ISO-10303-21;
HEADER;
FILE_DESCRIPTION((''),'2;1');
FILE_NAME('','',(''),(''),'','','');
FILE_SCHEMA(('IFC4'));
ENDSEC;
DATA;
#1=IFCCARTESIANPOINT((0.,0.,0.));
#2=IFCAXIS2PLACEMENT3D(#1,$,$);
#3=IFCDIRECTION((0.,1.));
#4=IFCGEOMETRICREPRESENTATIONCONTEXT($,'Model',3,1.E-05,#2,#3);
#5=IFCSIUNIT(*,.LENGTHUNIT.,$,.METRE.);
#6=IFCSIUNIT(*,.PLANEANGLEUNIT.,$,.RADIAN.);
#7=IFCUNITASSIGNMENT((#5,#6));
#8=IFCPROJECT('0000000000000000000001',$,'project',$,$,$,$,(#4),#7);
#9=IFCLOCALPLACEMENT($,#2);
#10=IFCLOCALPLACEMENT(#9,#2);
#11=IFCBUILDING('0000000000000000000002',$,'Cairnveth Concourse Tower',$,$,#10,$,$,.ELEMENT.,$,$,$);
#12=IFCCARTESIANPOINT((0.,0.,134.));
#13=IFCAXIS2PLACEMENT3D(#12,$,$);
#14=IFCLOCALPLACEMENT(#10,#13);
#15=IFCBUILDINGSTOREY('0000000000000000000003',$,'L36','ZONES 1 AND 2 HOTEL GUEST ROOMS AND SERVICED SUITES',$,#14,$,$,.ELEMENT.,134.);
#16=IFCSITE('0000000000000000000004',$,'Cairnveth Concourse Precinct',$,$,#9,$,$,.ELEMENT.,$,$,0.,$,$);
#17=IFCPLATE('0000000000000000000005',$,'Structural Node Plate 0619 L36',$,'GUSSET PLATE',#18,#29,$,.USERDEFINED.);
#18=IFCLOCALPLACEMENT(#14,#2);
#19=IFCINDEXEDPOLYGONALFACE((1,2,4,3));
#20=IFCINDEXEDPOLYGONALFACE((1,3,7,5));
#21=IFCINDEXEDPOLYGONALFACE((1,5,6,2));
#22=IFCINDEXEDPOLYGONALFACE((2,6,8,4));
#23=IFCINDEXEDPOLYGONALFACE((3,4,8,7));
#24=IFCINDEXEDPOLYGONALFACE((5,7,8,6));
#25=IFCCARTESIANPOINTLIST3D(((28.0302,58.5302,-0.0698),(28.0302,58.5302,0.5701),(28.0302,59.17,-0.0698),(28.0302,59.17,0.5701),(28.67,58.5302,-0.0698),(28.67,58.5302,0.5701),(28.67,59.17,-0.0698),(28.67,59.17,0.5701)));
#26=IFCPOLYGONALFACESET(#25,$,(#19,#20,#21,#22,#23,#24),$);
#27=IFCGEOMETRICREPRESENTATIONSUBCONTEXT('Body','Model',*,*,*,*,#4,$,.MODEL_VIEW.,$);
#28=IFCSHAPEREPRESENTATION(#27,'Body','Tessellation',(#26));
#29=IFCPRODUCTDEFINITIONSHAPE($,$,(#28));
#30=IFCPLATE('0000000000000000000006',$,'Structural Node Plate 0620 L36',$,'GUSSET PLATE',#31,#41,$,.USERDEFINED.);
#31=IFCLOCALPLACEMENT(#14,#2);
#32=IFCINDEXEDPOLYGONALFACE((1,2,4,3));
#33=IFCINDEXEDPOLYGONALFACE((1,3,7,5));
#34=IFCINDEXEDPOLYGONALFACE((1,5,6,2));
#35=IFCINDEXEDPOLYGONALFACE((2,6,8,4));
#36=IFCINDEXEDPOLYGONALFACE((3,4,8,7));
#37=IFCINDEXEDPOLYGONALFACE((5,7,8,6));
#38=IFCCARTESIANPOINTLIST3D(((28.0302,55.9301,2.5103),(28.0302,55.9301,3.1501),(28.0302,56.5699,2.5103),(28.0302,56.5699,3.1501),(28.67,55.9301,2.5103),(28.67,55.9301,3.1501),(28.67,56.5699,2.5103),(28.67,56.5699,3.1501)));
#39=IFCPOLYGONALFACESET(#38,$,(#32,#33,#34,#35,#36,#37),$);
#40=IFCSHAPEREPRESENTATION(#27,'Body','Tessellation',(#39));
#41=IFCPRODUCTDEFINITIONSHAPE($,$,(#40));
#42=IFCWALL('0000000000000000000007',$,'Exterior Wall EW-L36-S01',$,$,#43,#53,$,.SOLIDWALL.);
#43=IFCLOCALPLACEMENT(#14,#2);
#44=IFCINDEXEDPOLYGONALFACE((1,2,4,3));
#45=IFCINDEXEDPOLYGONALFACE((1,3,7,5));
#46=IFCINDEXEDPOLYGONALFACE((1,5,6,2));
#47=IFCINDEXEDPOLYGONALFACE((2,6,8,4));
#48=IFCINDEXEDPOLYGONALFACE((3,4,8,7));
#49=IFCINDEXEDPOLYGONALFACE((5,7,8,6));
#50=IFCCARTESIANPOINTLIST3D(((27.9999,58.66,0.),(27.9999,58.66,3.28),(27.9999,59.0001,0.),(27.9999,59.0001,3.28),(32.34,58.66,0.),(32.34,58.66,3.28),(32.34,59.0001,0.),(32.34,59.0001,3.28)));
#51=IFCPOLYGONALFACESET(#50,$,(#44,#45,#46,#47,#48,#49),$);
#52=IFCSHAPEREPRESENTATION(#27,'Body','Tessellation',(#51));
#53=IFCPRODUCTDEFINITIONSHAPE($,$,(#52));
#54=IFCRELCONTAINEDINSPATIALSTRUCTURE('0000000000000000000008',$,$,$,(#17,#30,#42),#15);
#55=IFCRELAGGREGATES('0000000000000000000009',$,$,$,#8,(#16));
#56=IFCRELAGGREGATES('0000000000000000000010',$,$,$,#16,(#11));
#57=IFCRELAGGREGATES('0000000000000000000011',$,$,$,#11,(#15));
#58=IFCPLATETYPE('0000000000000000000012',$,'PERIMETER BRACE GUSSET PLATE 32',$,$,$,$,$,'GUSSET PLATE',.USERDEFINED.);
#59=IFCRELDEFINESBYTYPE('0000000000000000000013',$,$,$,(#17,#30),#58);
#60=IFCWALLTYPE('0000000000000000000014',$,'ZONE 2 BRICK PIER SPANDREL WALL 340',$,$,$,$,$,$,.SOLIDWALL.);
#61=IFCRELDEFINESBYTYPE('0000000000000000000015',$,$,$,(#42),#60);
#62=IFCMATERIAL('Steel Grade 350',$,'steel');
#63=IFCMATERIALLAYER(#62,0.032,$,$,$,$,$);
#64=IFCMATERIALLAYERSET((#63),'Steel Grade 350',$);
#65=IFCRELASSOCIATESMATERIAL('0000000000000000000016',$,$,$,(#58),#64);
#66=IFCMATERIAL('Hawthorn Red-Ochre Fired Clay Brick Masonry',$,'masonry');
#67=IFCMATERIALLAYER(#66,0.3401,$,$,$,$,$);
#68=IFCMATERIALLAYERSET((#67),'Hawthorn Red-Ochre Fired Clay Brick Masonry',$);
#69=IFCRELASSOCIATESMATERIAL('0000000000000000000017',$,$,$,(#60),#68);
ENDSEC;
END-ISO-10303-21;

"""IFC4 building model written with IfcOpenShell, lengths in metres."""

from ifc_helpers import new_model, si_unit, direction, frame, frame_2d, origin, origin_2d, place, context, subcontext, project, spatial, rectangle, extrude, material, layer, layer_set, type_object, element, save


model = new_model("IFC4")

# Units and contexts
model_context = context("Model", 3, precision=1e-05, world=origin(), true_north=direction((0.0, 1.0)))
body_context = subcontext(model_context, "Body", "Model", "MODEL_VIEW")
ifc_project = project(units=[si_unit("LENGTHUNIT", "METRE"), si_unit("PLANEANGLEUNIT", "RADIAN")], contexts=[model_context])

# Site, building, storey
site_placement = place(None, origin())
site = spatial("IfcSite", under=ifc_project, at=site_placement, Name="Cairnveth Concourse Precinct", CompositionType="ELEMENT", RefElevation=0.0)
building_placement = place(site_placement, origin())
building = spatial("IfcBuilding", under=site, at=building_placement, Name="Cairnveth Concourse Tower", CompositionType="ELEMENT")
storey_placement = place(building_placement, frame((0.0, 0.0, 134.0)))
storey = spatial("IfcBuildingStorey", under=building, at=storey_placement, Name="L36", Description="ZONES 1 AND 2 HOTEL GUEST ROOMS AND SERVICED SUITES", CompositionType="ELEMENT", Elevation=134.0)

# Shared definitions
ifc_material_1 = material(Name="Steel Grade 350", Category="steel")

# Plates
ifc_layer_1 = layer(ifc_material_1, 0.032)
ifc_layer_set_1 = layer_set([ifc_layer_1], Name="Steel Grade 350")
plate_type = type_object("IfcPlateType", Name="PERIMETER BRACE GUSSET PLATE 32", ElementType="GUSSET PLATE", PredefinedType="USERDEFINED", material=ifc_layer_set_1)
for number, where, z_axis, x_axis, name in (
    (1, (28.3501, 58.8501, -0.0698), (0.0, 0.0, 1.0), (1.0, 0.0, 0.0), "Structural Node Plate 0619 L36"),
    (2, (28.3501, 56.25, 2.5103), (0.0, 0.0, 1.0), (1.0, 0.0, 0.0), "Structural Node Plate 0620 L36"),
):
    element("IfcPlate", number, at=place(storey_placement, frame(where, z_axis=z_axis, x_axis=x_axis)), inside=storey, type_object=plate_type, Name=name, ObjectType="GUSSET PLATE", PredefinedType="USERDEFINED", context=body_context, shape_type="SweptSolid", body=[
        extrude(rectangle(XDim=0.6399, YDim=0.6399, at=origin_2d()), origin(), (0.0, 0.0, 1.0), 0.6399),
    ])

# Wall
ifc_material_2 = material(Name="Hawthorn Red-Ochre Fired Clay Brick Masonry", Category="masonry")
ifc_layer_2 = layer(ifc_material_2, 0.3401)
ifc_layer_set_2 = layer_set([ifc_layer_2], Name="Hawthorn Red-Ochre Fired Clay Brick Masonry")
wall_type = type_object("IfcWallType", Name="ZONE 2 BRICK PIER SPANDREL WALL 340", PredefinedType="SOLIDWALL", material=ifc_layer_set_2)
wall_1_placement = place(storey_placement, frame((28.0, 58.8301, 0.0), z_axis=(0.0, 0.0, 1.0), x_axis=(1.0, 0.0, 0.0)))
element("IfcWall", 3, at=wall_1_placement, inside=storey, type_object=wall_type, Name="Exterior Wall EW-L36-S01", PredefinedType="SOLIDWALL", context=body_context, shape_type="SweptSolid", body=[
    extrude(rectangle(XDim=4.3401, YDim=0.3401, at=frame_2d((2.1699, 0.0))), origin(), (0.0, 0.0, 1.0), 3.28),
])

save(model, "model.ifc")
